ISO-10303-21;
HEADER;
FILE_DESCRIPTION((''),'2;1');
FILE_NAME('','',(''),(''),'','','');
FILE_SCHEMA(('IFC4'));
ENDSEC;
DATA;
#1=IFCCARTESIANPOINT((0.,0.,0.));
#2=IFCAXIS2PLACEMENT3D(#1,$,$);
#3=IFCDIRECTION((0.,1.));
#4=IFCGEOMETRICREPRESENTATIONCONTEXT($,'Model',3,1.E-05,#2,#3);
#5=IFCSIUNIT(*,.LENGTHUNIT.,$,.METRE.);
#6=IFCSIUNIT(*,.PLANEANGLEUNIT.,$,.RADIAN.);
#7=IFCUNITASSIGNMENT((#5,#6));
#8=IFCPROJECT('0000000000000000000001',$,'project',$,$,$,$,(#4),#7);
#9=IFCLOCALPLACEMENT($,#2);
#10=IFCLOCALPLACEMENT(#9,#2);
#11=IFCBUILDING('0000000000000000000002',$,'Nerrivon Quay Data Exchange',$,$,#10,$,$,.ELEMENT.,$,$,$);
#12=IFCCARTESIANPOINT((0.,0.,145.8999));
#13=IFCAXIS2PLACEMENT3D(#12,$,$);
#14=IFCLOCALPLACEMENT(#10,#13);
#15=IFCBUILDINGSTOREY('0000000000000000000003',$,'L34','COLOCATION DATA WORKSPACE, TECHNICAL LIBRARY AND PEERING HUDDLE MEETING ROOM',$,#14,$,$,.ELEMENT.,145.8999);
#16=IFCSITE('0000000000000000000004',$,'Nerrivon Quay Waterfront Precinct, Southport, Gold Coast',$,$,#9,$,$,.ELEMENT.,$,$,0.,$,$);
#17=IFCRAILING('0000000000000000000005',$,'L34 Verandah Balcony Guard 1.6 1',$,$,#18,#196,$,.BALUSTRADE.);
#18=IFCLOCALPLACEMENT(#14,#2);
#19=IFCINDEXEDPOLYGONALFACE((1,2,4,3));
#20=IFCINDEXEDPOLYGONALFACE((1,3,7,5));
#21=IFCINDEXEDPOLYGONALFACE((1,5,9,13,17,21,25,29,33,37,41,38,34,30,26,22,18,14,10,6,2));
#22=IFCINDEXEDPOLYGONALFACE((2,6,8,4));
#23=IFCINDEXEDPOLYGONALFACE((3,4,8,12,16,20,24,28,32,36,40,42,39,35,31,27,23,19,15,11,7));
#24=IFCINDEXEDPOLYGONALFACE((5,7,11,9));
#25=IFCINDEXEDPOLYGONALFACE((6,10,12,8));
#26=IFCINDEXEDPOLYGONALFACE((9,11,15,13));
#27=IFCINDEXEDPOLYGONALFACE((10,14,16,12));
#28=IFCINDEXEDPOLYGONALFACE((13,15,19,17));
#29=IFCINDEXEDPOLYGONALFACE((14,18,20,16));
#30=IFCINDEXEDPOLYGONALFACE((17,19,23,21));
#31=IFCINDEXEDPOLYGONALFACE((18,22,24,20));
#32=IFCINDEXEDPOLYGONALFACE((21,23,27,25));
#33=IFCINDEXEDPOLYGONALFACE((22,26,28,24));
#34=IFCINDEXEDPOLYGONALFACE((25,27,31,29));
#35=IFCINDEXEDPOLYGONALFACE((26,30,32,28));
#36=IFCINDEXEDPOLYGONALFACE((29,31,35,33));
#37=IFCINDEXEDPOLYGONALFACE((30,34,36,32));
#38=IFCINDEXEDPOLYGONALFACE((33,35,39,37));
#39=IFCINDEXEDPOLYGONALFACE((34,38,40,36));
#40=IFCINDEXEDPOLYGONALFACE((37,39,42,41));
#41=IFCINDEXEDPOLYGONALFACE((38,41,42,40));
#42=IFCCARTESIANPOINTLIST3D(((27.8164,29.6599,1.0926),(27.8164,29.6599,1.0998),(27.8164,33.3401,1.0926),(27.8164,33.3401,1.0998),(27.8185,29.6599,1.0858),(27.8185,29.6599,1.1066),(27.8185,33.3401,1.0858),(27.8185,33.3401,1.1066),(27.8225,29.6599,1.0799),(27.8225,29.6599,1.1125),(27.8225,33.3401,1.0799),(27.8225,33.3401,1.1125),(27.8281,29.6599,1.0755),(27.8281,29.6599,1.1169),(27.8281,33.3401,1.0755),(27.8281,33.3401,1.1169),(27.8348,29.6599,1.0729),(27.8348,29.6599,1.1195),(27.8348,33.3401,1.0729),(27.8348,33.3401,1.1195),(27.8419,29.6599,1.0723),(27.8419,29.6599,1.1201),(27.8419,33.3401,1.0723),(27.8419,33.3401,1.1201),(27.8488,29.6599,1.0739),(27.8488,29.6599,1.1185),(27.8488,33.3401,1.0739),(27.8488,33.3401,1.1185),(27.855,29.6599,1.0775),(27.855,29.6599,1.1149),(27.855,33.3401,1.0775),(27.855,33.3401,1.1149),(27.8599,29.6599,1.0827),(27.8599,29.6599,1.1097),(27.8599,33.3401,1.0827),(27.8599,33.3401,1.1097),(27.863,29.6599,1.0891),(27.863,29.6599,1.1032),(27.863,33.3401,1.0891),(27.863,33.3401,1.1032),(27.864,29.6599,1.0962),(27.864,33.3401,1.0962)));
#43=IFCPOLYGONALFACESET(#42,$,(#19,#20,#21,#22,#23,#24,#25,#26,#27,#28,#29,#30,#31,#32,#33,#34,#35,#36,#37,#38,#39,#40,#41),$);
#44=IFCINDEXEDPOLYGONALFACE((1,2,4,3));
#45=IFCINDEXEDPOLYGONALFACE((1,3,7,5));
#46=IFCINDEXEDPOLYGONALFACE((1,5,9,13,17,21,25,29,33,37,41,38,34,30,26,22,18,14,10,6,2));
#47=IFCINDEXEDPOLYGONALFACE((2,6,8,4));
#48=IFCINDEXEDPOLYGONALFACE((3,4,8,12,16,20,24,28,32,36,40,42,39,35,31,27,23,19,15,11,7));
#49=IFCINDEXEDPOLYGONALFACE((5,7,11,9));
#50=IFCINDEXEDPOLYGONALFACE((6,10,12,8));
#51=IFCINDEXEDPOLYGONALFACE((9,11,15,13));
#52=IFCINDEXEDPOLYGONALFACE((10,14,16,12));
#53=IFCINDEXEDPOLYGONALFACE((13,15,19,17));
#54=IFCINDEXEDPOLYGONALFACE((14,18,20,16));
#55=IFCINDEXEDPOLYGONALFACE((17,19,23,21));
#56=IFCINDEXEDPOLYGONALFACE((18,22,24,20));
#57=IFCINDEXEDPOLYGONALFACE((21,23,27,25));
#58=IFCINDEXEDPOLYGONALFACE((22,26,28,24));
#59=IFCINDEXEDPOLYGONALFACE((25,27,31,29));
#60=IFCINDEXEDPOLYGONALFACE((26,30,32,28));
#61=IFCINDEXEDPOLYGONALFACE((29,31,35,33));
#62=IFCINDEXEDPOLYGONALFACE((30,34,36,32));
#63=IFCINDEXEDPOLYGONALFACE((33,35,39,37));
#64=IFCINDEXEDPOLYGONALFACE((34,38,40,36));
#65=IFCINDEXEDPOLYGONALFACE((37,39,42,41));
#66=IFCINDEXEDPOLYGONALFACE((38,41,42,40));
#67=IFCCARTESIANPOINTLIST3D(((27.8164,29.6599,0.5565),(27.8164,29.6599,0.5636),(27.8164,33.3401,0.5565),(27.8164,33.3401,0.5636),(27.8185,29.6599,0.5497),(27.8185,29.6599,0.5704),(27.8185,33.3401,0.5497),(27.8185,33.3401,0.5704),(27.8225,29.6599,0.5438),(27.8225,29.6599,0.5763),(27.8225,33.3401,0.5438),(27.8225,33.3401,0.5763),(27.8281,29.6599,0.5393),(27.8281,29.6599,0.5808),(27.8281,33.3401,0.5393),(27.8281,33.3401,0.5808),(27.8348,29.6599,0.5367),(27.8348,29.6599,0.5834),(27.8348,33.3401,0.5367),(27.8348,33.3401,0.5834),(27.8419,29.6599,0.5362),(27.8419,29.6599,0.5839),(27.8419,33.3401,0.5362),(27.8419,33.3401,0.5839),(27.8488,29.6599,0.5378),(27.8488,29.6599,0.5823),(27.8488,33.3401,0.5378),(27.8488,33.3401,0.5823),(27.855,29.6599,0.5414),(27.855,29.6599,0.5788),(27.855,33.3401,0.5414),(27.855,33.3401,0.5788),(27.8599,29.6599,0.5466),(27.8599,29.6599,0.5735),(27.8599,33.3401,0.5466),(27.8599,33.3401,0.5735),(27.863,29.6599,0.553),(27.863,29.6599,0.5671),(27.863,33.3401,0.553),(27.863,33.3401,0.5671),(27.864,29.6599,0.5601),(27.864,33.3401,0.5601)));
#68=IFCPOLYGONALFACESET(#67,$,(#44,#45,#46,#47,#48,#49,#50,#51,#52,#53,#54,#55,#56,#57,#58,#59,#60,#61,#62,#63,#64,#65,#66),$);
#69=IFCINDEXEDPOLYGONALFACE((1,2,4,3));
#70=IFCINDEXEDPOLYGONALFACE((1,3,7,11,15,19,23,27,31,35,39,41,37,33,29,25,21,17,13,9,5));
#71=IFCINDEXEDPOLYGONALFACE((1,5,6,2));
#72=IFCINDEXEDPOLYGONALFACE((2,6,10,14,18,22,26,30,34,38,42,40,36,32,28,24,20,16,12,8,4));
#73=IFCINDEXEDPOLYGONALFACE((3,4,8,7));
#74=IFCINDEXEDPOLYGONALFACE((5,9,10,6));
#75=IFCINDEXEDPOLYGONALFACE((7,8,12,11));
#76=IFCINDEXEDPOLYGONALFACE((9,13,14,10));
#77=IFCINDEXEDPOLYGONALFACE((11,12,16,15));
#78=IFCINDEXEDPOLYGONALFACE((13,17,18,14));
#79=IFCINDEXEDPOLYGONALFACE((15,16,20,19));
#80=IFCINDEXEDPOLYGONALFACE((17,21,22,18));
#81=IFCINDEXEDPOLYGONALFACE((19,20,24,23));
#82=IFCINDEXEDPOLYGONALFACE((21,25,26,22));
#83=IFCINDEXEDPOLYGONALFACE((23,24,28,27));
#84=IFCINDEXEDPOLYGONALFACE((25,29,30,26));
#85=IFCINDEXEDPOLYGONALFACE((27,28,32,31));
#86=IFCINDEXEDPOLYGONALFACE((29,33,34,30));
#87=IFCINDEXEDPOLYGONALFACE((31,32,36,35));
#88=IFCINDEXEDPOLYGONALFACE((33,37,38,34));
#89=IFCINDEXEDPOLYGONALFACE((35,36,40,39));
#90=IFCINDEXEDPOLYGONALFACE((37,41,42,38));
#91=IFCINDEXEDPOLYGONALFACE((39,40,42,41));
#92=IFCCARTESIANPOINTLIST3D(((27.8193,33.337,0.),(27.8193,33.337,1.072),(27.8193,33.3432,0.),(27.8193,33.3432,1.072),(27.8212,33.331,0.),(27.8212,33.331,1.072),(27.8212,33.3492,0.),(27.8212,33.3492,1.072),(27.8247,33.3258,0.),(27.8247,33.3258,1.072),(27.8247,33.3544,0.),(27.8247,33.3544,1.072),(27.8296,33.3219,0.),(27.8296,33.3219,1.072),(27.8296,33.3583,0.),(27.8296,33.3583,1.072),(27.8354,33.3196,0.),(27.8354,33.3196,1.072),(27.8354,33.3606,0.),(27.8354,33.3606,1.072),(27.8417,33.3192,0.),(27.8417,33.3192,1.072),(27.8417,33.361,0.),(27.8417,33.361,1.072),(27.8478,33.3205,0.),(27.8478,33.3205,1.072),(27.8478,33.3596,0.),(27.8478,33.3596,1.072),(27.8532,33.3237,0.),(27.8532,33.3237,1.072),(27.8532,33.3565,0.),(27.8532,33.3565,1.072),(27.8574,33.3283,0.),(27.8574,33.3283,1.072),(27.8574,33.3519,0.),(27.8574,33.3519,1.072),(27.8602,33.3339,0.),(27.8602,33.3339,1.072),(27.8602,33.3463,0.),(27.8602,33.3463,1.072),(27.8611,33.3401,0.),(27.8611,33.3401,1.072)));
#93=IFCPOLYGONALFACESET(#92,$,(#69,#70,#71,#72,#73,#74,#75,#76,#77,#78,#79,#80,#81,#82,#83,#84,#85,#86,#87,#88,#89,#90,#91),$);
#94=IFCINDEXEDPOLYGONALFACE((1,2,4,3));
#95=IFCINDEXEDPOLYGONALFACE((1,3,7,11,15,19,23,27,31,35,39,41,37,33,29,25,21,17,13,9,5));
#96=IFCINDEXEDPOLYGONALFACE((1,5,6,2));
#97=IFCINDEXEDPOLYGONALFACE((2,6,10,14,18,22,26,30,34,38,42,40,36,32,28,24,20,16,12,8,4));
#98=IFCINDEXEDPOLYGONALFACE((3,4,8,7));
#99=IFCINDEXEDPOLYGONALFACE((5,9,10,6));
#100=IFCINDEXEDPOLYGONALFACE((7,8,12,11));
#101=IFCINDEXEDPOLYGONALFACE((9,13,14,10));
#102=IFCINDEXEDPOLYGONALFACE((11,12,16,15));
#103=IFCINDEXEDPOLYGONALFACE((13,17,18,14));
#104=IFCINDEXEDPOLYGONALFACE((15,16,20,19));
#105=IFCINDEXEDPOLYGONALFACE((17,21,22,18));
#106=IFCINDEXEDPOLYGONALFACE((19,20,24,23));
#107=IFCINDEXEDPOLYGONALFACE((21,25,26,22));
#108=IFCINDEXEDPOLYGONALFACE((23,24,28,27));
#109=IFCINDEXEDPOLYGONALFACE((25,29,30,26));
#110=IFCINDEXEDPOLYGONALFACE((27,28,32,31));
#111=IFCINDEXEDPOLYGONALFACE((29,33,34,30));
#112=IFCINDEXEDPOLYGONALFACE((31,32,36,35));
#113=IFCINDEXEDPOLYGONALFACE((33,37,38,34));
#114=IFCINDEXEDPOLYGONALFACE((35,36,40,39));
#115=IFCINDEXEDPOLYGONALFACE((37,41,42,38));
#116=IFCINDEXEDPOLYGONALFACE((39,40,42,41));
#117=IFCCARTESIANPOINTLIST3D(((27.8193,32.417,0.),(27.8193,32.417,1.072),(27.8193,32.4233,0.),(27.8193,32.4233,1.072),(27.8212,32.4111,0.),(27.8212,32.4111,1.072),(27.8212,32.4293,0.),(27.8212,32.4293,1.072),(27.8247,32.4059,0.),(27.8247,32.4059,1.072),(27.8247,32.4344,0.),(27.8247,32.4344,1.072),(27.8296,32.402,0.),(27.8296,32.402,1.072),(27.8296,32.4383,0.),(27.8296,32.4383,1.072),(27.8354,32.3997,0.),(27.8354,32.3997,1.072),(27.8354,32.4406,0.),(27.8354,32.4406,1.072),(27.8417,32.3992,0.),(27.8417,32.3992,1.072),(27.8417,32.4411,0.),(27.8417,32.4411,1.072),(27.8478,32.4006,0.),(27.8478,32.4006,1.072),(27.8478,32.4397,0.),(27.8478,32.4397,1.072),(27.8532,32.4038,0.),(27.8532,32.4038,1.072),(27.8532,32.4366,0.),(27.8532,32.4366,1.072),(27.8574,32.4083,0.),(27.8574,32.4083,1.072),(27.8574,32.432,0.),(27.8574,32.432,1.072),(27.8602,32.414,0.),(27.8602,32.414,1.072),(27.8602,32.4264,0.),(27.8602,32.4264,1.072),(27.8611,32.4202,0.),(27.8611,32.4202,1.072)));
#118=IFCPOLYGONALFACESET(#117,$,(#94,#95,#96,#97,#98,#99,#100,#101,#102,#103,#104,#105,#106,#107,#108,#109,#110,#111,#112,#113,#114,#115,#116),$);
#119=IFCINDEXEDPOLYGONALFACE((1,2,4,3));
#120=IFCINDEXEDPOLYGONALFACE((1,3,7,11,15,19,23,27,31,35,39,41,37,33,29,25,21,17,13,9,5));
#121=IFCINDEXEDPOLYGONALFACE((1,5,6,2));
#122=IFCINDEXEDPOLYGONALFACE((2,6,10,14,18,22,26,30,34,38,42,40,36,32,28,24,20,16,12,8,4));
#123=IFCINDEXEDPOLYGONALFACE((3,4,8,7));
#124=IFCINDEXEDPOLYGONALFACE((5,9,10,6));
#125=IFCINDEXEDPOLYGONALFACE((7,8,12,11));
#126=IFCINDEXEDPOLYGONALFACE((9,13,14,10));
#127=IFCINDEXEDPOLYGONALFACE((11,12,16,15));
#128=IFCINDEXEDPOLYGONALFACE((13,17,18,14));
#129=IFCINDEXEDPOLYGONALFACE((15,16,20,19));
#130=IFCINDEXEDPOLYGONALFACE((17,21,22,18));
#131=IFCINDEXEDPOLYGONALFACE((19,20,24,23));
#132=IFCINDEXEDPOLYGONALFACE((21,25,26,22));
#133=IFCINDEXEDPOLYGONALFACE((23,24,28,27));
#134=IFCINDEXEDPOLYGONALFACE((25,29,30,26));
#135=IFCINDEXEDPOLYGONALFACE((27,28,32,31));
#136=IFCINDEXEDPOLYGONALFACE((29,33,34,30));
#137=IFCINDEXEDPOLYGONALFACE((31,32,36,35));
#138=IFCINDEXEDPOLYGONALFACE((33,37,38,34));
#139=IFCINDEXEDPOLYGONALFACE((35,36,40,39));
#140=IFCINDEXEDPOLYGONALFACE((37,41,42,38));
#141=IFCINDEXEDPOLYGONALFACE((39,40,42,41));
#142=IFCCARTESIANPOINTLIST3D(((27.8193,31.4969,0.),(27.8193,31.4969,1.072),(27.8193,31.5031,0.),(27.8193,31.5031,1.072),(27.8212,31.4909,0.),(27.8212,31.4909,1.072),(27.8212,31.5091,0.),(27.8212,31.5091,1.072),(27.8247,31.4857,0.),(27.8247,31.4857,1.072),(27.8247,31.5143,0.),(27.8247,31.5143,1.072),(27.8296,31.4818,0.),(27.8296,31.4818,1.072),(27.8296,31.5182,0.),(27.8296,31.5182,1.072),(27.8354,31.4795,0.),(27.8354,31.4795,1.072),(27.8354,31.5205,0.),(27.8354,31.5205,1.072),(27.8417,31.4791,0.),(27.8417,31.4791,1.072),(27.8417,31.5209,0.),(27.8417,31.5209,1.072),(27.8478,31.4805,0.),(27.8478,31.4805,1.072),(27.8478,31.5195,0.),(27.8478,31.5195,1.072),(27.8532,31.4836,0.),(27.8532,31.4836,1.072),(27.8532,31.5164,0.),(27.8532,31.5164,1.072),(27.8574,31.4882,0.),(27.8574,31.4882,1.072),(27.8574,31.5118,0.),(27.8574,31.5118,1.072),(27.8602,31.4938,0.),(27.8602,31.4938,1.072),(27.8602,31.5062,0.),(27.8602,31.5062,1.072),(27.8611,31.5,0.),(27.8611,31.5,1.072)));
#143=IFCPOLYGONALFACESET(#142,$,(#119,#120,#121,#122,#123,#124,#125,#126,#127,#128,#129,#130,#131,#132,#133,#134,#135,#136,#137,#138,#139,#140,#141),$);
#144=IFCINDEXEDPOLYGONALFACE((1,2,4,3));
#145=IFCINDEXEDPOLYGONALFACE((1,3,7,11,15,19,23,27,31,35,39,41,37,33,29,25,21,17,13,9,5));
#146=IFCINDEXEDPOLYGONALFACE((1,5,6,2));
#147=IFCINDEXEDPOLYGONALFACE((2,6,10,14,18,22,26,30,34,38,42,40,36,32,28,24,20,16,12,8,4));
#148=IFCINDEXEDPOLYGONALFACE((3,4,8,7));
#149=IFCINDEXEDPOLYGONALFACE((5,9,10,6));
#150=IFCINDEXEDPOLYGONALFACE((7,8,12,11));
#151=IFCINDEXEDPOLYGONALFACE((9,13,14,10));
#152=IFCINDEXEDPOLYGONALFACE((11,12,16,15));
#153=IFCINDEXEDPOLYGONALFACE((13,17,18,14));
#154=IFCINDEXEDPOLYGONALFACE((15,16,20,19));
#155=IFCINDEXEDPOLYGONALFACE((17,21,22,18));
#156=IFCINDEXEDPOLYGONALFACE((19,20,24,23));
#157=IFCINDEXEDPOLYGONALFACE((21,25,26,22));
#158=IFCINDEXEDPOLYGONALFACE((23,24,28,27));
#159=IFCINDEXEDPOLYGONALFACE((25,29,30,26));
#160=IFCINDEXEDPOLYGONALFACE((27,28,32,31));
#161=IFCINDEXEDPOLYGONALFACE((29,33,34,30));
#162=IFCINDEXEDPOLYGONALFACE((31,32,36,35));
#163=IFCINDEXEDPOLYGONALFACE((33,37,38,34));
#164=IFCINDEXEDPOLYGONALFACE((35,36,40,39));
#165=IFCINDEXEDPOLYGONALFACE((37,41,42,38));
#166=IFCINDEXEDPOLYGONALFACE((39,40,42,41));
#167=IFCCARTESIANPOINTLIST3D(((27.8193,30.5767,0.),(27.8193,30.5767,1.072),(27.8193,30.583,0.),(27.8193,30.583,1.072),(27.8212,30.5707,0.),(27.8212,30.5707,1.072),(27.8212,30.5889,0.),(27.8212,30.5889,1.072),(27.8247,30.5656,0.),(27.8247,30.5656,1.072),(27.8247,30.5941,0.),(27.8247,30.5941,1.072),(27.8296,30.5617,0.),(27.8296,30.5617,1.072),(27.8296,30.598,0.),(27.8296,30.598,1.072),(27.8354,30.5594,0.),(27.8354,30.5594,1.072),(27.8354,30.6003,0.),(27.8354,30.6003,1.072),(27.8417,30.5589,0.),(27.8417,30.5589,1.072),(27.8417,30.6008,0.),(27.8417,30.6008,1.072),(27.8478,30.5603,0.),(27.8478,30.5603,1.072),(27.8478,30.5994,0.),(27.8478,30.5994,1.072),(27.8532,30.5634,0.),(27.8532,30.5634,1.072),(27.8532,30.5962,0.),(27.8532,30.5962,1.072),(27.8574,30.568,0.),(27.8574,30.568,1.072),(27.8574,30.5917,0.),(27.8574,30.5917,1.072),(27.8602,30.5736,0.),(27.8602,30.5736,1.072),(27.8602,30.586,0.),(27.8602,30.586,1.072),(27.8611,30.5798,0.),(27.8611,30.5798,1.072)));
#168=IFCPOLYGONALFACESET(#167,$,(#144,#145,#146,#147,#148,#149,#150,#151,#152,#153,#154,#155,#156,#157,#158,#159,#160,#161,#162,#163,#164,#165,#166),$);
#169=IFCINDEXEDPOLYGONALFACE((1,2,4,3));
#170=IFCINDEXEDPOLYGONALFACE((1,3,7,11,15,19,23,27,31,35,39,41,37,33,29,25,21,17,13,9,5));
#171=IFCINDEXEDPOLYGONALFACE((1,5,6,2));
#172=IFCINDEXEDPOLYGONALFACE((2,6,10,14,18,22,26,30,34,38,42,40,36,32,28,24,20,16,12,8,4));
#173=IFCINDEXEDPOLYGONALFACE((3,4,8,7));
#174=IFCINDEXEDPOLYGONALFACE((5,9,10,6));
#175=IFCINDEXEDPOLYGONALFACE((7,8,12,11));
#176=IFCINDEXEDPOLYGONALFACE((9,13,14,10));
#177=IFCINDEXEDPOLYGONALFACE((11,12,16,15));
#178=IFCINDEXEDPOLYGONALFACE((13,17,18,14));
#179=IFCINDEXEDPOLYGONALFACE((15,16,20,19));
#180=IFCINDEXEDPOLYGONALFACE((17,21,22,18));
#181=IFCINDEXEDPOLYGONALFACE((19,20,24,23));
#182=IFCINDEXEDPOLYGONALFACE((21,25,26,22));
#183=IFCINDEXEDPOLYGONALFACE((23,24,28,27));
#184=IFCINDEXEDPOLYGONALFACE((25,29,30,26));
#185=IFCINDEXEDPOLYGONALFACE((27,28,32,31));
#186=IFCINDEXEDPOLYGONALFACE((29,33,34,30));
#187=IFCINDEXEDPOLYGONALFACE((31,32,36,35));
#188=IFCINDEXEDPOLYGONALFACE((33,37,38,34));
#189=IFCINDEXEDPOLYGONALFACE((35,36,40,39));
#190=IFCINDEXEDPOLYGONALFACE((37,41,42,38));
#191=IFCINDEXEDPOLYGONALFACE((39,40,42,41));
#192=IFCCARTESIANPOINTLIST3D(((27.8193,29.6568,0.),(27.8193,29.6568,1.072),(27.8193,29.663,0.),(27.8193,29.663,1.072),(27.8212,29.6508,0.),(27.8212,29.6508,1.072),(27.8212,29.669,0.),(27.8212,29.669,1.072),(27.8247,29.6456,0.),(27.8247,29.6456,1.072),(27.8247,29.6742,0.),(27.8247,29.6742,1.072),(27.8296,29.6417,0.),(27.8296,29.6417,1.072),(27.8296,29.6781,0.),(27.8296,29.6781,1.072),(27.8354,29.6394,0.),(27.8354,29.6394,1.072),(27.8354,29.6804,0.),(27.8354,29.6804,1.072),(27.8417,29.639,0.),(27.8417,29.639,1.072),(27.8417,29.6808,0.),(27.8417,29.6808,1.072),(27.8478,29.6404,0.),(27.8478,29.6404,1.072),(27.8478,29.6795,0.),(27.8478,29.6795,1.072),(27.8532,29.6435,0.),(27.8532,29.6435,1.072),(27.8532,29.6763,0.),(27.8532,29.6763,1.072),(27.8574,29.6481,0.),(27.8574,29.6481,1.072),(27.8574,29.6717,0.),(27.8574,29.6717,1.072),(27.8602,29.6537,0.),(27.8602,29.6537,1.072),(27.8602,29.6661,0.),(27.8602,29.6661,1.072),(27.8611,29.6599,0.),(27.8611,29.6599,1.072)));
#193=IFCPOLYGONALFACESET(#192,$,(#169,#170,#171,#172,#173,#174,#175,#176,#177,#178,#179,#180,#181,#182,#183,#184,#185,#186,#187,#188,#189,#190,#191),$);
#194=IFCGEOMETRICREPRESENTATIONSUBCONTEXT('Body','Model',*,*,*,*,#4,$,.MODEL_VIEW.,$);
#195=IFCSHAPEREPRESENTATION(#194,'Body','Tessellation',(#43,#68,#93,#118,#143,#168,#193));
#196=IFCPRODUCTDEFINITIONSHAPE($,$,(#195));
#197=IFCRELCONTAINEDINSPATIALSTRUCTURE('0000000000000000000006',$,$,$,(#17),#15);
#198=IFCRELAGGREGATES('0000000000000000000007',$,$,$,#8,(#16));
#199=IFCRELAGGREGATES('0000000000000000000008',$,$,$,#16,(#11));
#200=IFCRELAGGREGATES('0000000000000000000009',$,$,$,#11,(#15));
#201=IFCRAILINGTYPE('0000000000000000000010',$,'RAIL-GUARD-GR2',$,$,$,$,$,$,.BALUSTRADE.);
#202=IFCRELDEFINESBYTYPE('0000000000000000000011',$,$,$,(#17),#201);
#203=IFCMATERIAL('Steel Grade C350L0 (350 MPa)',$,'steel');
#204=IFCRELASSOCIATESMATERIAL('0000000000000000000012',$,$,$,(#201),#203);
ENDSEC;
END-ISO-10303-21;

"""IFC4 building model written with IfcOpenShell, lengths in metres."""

from ifc_helpers import new_model, si_unit, direction, frame, origin, origin_2d, place, context, subcontext, project, spatial, circle, extrude, material, type_object, element, save


model = new_model("IFC4")

# Units and contexts
model_context = context("Model", 3, precision=1e-05, world=origin(), true_north=direction((0.0, 1.0)))
body_context = subcontext(model_context, "Body", "Model", "MODEL_VIEW")
ifc_project = project(units=[si_unit("LENGTHUNIT", "METRE"), si_unit("PLANEANGLEUNIT", "RADIAN")], contexts=[model_context])

# Site, building, storey
site_placement = place(None, origin())
site = spatial("IfcSite", under=ifc_project, at=site_placement, Name="Nerrivon Quay Waterfront Precinct, Southport, Gold Coast", CompositionType="ELEMENT", RefElevation=0.0)
building_placement = place(site_placement, origin())
building = spatial("IfcBuilding", under=site, at=building_placement, Name="Nerrivon Quay Data Exchange", CompositionType="ELEMENT")
storey_placement = place(building_placement, frame((0.0, 0.0, 145.8999)))
storey = spatial("IfcBuildingStorey", under=building, at=storey_placement, Name="L34", Description="COLOCATION DATA WORKSPACE, TECHNICAL LIBRARY AND PEERING HUDDLE MEETING ROOM", CompositionType="ELEMENT", Elevation=145.8999)

# Railing
ifc_material_1 = material(Name="Steel Grade C350L0 (350 MPa)", Category="steel")
railing_type = type_object("IfcRailingType", Name="RAIL-GUARD-GR2", PredefinedType="BALUSTRADE", material=ifc_material_1)
railing_1_placement = place(storey_placement, frame((27.8401, 33.3401, 0.0)))
element("IfcRailing", 1, at=railing_1_placement, inside=storey, type_object=railing_type, Name="L34 Verandah Balcony Guard 1.6 1", PredefinedType="BALUSTRADE", context=body_context, shape_type="SweptSolid", body=[
    extrude(circle(Radius=0.0239, at=origin_2d()), frame((0.0, 0.0, 1.0962), z_axis=(0.0, -1.0, 0.0), x_axis=(1.0, 0.0, 0.0)), (0.0, 0.0, 1.0), 3.6802),
    extrude(circle(Radius=0.0239, at=origin_2d()), frame((0.0, 0.0, 0.5601), z_axis=(0.0, -1.0, 0.0), x_axis=(1.0, 0.0, 0.0)), (0.0, 0.0, 1.0), 3.6802),
    extrude(circle(Radius=0.021, at=origin_2d()), origin(), (0.0, 0.0, 1.0), 1.072),
    extrude(circle(Radius=0.021, at=origin_2d()), frame((0.0, -0.9199, 0.0)), (0.0, 0.0, 1.0), 1.072),
    extrude(circle(Radius=0.021, at=origin_2d()), frame((0.0, -1.8401, 0.0)), (0.0, 0.0, 1.0), 1.072),
    extrude(circle(Radius=0.021, at=origin_2d()), frame((0.0, -2.7603, 0.0)), (0.0, 0.0, 1.0), 1.072),
    extrude(circle(Radius=0.021, at=origin_2d()), frame((0.0, -3.6802, 0.0)), (0.0, 0.0, 1.0), 1.072),
])

save(model, "model.ifc")
